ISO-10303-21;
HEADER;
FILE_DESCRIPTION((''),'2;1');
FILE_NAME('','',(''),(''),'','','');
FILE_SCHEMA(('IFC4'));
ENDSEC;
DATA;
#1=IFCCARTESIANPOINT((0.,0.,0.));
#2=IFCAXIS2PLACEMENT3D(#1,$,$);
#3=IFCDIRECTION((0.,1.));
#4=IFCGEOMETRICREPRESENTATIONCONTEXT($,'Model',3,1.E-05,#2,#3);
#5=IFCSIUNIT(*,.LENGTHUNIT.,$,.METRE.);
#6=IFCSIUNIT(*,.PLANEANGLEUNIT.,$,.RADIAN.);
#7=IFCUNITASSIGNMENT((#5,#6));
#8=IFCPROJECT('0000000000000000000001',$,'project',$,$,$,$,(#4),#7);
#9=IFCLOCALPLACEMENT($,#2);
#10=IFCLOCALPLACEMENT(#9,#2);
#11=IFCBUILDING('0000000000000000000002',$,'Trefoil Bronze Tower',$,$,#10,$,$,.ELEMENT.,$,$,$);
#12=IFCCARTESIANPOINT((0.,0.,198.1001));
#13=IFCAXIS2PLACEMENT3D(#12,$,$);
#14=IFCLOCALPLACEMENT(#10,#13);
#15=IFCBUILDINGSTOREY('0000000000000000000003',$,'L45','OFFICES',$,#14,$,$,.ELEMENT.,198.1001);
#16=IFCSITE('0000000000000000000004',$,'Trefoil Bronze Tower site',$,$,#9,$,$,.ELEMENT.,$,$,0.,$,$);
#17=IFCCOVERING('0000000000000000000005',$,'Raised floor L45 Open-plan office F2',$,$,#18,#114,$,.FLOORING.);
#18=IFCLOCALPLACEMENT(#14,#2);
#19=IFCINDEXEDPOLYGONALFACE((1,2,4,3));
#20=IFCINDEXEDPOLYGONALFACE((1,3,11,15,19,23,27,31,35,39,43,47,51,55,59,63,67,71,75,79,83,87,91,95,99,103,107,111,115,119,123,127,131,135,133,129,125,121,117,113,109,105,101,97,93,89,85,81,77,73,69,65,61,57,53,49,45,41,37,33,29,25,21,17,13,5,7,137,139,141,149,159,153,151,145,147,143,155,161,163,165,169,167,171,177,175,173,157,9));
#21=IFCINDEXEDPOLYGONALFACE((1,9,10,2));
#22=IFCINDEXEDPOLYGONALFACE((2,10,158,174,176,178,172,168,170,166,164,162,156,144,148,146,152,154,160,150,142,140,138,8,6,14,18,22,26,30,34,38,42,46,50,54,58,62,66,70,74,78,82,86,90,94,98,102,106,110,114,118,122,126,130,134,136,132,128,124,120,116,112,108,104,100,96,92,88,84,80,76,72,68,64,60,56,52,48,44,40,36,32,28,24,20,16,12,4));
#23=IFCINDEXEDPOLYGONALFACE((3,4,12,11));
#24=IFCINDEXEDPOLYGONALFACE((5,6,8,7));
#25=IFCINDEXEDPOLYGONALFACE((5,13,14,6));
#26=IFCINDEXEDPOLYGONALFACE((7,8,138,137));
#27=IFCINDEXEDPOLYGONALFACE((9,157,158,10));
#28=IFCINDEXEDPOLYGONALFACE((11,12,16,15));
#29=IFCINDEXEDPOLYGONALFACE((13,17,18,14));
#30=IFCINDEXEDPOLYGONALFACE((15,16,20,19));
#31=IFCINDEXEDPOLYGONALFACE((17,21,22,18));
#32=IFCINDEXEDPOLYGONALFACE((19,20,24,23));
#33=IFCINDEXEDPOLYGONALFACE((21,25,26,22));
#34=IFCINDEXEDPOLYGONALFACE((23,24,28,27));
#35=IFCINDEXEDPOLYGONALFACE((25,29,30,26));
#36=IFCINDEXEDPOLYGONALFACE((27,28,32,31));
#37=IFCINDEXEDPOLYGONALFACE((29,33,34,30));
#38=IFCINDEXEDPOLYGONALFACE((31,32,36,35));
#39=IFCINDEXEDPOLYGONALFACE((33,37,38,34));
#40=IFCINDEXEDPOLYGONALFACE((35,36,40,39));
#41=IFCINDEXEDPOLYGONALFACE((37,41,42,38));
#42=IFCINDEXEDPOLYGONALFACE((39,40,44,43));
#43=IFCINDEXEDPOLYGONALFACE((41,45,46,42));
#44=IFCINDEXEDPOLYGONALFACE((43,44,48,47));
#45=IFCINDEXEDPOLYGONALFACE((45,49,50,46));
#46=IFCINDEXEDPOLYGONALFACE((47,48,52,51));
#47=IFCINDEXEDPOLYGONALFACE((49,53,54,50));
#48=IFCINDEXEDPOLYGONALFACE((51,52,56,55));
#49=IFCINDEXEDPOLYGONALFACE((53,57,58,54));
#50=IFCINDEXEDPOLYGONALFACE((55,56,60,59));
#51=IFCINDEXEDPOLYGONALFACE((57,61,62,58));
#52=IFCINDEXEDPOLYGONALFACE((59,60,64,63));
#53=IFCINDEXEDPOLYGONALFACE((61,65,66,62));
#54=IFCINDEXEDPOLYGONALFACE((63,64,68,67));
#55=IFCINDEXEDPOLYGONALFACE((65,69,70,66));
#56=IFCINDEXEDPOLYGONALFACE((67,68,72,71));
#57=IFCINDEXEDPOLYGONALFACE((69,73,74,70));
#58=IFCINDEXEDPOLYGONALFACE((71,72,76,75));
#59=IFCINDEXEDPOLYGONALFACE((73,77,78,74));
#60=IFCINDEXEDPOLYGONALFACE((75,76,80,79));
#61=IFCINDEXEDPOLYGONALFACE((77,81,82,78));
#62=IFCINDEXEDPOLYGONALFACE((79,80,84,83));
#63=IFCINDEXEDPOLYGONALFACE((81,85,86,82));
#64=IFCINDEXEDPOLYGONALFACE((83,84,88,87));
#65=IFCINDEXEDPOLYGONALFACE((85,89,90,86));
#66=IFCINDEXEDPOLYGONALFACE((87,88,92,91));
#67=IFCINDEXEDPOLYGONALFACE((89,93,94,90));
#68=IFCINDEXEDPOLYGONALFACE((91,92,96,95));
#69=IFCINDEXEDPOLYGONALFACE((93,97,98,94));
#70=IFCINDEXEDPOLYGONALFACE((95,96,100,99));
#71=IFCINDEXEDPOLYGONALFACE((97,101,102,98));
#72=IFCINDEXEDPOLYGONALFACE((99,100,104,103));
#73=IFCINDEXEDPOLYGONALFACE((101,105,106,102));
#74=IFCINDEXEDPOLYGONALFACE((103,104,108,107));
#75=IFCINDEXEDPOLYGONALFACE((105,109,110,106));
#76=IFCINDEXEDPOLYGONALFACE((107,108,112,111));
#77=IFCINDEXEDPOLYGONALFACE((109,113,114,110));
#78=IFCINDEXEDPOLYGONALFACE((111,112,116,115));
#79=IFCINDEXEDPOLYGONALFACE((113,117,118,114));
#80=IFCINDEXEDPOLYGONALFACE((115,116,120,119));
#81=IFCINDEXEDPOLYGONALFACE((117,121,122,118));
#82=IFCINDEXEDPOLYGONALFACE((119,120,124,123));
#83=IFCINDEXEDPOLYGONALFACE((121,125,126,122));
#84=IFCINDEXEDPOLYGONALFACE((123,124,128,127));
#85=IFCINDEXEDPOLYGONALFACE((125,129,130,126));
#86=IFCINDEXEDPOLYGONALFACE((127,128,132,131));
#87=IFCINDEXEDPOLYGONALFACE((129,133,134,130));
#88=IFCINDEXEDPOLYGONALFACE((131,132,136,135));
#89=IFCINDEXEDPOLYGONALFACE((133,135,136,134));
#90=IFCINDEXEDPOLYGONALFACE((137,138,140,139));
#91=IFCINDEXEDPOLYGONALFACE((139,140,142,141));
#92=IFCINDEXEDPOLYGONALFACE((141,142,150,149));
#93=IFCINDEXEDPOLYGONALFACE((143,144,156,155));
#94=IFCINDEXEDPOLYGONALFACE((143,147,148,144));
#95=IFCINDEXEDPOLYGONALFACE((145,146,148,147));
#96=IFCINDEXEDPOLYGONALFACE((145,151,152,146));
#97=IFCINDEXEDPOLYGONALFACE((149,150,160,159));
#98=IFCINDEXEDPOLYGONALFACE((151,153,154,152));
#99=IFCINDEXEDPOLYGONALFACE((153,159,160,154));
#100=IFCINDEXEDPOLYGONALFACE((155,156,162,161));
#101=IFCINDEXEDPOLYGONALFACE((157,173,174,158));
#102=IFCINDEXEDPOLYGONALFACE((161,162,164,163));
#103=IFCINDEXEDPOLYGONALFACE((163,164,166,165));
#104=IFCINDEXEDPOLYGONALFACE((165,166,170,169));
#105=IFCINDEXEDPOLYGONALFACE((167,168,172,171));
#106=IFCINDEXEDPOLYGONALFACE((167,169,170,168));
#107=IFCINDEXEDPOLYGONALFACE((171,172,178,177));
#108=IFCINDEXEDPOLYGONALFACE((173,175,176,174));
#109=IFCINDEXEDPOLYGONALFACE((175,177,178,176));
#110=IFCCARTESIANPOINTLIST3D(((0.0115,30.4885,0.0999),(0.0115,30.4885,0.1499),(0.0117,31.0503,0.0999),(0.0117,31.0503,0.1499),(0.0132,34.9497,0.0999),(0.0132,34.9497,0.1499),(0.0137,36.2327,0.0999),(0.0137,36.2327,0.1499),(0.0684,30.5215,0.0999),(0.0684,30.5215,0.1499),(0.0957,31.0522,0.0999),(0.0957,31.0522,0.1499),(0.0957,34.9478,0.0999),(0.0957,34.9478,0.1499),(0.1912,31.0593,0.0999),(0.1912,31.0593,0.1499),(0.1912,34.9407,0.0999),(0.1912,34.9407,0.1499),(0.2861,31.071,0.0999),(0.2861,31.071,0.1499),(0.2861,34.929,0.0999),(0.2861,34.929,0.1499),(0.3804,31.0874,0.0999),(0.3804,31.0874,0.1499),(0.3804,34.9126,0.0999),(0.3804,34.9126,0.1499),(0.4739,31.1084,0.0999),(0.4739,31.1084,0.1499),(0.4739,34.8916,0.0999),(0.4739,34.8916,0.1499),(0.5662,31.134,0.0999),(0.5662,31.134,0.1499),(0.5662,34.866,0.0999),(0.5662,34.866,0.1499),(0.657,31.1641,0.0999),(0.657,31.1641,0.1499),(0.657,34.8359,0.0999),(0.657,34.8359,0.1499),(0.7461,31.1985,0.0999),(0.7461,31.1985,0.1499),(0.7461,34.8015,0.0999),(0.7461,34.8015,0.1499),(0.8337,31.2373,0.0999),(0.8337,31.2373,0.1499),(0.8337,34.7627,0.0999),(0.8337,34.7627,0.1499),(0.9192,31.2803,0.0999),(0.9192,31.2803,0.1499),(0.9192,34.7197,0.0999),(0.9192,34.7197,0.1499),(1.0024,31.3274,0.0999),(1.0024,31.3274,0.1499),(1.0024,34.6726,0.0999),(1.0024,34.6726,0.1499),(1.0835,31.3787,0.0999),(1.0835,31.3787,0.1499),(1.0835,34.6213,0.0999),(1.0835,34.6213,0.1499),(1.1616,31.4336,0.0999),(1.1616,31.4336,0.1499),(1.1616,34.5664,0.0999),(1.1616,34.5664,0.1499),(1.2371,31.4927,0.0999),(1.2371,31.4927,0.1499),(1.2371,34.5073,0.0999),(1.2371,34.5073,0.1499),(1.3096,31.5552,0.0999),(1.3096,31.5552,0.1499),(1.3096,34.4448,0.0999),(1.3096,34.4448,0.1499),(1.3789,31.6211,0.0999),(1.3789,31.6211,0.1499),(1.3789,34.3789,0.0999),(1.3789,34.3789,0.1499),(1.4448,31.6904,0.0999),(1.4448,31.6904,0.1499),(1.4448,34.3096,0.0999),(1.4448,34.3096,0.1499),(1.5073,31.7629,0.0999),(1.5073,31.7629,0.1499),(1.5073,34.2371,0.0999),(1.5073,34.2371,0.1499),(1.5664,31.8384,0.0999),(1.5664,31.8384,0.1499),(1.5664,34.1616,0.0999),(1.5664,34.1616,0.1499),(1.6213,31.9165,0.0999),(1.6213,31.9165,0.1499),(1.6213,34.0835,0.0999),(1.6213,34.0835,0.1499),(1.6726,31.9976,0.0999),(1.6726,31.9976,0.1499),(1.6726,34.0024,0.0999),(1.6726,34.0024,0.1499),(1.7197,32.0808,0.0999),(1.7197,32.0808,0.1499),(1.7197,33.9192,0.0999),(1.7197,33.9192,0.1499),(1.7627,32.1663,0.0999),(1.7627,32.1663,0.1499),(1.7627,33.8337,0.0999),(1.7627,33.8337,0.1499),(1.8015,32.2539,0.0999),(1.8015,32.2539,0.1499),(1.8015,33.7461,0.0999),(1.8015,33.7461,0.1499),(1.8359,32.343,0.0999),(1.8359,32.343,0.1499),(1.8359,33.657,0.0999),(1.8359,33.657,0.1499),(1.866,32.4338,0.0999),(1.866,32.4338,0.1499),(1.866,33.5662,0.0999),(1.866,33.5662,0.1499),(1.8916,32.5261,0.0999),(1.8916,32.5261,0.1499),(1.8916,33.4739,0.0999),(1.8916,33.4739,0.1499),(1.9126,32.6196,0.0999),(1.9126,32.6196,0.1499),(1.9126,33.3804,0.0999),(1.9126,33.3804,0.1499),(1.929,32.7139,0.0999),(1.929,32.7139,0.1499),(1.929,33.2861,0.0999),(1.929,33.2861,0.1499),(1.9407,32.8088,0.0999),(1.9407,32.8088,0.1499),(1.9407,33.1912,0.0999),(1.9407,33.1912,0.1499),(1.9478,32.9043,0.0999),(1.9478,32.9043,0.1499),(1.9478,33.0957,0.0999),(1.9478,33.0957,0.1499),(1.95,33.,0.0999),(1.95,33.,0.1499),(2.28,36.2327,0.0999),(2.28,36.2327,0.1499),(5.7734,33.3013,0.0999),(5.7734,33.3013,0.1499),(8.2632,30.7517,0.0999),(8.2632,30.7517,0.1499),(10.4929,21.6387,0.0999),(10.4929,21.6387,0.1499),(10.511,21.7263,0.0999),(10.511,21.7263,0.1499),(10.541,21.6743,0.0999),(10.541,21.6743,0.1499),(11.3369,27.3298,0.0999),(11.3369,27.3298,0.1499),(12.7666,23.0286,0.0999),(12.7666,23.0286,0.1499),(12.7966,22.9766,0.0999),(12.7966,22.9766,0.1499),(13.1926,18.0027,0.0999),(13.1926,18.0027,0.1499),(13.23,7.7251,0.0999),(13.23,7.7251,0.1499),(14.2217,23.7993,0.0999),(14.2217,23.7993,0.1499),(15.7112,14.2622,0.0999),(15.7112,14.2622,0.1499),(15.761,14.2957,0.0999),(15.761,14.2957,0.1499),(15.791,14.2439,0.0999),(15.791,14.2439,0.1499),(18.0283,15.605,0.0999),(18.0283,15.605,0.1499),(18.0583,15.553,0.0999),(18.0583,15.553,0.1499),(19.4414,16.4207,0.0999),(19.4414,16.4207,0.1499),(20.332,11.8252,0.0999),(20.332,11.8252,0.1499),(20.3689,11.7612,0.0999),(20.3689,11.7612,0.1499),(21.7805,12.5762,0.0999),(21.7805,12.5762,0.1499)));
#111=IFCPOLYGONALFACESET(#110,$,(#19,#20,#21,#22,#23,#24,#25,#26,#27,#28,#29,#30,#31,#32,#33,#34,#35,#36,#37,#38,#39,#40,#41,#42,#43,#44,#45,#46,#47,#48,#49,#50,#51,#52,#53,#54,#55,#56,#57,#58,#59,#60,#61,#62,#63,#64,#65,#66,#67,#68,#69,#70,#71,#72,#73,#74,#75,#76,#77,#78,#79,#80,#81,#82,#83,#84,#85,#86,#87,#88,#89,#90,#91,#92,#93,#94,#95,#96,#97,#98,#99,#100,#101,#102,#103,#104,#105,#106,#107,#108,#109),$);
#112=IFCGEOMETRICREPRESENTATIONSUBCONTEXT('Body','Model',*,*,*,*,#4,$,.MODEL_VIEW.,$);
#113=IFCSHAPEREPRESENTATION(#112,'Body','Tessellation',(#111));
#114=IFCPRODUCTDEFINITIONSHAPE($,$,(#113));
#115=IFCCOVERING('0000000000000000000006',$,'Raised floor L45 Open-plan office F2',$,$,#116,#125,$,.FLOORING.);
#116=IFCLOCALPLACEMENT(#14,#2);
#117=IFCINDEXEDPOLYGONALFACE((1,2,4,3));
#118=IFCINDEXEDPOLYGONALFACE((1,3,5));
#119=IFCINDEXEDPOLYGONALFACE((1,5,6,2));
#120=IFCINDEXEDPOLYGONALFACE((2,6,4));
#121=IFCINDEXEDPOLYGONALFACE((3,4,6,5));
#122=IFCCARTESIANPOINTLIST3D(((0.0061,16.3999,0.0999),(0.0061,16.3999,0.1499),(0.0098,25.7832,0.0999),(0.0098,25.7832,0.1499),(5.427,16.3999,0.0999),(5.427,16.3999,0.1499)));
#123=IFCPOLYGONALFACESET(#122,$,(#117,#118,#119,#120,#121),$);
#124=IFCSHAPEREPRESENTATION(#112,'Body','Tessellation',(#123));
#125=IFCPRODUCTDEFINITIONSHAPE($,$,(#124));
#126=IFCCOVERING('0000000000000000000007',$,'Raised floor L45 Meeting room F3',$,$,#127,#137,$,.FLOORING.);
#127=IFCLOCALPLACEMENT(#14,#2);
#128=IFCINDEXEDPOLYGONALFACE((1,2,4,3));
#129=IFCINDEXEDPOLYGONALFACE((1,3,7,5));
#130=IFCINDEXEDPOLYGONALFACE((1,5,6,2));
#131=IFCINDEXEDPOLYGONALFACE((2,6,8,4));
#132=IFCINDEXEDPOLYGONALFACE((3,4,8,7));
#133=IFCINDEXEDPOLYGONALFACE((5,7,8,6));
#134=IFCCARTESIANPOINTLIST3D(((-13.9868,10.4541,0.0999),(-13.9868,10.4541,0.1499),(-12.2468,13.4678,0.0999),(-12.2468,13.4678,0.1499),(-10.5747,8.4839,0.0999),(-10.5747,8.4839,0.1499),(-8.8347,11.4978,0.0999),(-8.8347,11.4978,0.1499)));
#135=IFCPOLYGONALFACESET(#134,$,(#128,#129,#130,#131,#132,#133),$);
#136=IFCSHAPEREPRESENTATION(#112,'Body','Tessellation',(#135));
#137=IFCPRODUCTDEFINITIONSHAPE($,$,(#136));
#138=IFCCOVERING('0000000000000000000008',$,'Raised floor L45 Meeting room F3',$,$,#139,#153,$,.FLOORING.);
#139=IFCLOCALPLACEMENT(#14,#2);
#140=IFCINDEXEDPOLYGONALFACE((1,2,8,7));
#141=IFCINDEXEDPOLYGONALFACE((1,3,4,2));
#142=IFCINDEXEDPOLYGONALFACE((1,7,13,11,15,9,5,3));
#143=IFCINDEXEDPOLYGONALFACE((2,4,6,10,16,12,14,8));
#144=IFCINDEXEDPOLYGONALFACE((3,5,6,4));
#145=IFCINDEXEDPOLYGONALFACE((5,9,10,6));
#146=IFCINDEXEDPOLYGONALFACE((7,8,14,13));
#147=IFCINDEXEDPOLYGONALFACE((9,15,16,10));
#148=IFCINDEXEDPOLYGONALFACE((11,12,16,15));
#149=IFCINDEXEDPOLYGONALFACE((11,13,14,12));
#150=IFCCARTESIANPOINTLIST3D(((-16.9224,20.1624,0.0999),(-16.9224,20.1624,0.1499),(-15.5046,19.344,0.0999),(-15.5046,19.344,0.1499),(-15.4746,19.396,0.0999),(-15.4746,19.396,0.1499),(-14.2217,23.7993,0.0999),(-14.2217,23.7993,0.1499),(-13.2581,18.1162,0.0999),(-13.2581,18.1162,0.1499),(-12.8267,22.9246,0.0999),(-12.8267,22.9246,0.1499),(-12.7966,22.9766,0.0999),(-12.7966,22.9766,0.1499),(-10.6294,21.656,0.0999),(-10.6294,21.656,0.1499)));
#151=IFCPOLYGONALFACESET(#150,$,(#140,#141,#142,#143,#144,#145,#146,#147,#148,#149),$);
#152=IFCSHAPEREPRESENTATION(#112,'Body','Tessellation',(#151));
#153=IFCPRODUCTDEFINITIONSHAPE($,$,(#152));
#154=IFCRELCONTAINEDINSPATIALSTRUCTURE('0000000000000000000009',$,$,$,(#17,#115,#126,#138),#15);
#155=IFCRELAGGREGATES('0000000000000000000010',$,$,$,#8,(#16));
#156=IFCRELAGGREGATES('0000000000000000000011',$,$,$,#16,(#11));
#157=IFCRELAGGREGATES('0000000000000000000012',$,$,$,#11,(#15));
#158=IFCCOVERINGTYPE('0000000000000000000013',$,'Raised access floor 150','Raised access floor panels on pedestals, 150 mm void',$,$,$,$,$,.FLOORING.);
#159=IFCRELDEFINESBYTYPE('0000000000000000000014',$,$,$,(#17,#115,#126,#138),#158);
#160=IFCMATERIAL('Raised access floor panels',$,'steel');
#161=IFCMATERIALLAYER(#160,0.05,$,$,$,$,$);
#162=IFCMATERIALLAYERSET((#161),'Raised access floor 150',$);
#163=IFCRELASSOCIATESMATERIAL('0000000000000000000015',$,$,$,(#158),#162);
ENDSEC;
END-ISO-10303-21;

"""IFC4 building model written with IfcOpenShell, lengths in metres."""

from ifc_helpers import new_model, si_unit, direction, frame, origin, place, context, subcontext, project, spatial, polyline, outline, extrude, material, layer, layer_set, type_object, element, save


model = new_model("IFC4")

# Units and contexts
model_context = context("Model", 3, precision=1e-05, world=origin(), true_north=direction((0.0, 1.0)))
body_context = subcontext(model_context, "Body", "Model", "MODEL_VIEW")
ifc_project = project(units=[si_unit("LENGTHUNIT", "METRE"), si_unit("PLANEANGLEUNIT", "RADIAN")], contexts=[model_context])

# Site, building, storey
site_placement = place(None, origin())
site = spatial("IfcSite", under=ifc_project, at=site_placement, Name="Trefoil Bronze Tower site", CompositionType="ELEMENT", RefElevation=0.0)
building_placement = place(site_placement, origin())
building = spatial("IfcBuilding", under=site, at=building_placement, Name="Trefoil Bronze Tower", CompositionType="ELEMENT")
storey_placement = place(building_placement, frame((0.0, 0.0, 198.1001)))
storey = spatial("IfcBuildingStorey", under=building, at=storey_placement, Name="L45", Description="OFFICES", CompositionType="ELEMENT", Elevation=198.1001)

# Coverings
ifc_material_1 = material(Name="Raised access floor panels", Category="steel")
ifc_layer_1 = layer(ifc_material_1, 0.05)
ifc_layer_set_1 = layer_set([ifc_layer_1], Name="Raised access floor 150")
covering_type_1 = type_object("IfcCoveringType", Name="Raised access floor 150", Description="Raised access floor panels on pedestals, 150 mm void", PredefinedType="FLOORING", material=ifc_layer_set_1)
covering_1_placement = place(storey_placement, frame((0.0, 0.0, 0.0999)))
element("IfcCovering", 1, at=covering_1_placement, inside=storey, type_object=covering_type_1, Name="Raised floor L45 Open-plan office F2", PredefinedType="FLOORING", context=body_context, shape_type="SweptSolid", body=[
    extrude(outline(polyline([(12.7966, 22.9766), (12.7666, 23.0286), (10.511, 21.7263), (10.541, 21.6743), (10.4929, 21.6387), (13.1926, 18.0027), (15.7112, 14.2622), (15.761, 14.2957), (15.791, 14.2439), (18.0583, 15.553), (18.0283, 15.605), (19.4414, 16.4207), (21.7805, 12.5762), (20.3689, 11.7612), (20.332, 11.8252), (13.23, 7.7251), (0.0684, 30.5215), (0.0115, 30.4885), (0.0117, 31.0503), (0.0957, 31.0522), (0.1912, 31.0593), (0.2861, 31.071), (0.3804, 31.0874), (0.4739, 31.1084), (0.5662, 31.134), (0.657, 31.1641), (0.7461, 31.1985), (0.8337, 31.2373), (0.9192, 31.2803), (1.0024, 31.3274), (1.0835, 31.3787), (1.1616, 31.4336), (1.2371, 31.4927), (1.3096, 31.5552), (1.3789, 31.6211), (1.4448, 31.6904), (1.5073, 31.7629), (1.5664, 31.8384), (1.6213, 31.9165), (1.6726, 31.9976), (1.7197, 32.0808), (1.7627, 32.1663), (1.8015, 32.2539), (1.8359, 32.343), (1.866, 32.4338), (1.8916, 32.5261), (1.9126, 32.6196), (1.929, 32.7139), (1.9407, 32.8088), (1.9478, 32.9043), (1.95, 33.0), (1.9478, 33.0957), (1.9407, 33.1912), (1.929, 33.2861), (1.9126, 33.3804), (1.8916, 33.4739), (1.866, 33.5662), (1.8359, 33.657), (1.8015, 33.7461), (1.7627, 33.8337), (1.7197, 33.9192), (1.6726, 34.0024), (1.6213, 34.0835), (1.5664, 34.1616), (1.5073, 34.2371), (1.4448, 34.3096), (1.3789, 34.3789), (1.3096, 34.4448), (1.2371, 34.5073), (1.1616, 34.5664), (1.0835, 34.6213), (1.0024, 34.6726), (0.9192, 34.7197), (0.8337, 34.7627), (0.7461, 34.8015), (0.657, 34.8359), (0.5662, 34.866), (0.4739, 34.8916), (0.3804, 34.9126), (0.2861, 34.929), (0.1912, 34.9407), (0.0957, 34.9478), (0.0132, 34.9497), (0.0137, 36.2327), (2.28, 36.2327), (5.7734, 33.3013), (8.2632, 30.7517), (11.3369, 27.3298), (14.2217, 23.7993), (12.7966, 22.9766)])), origin(), (0.0, 0.0, 1.0), 0.05),
])
covering_2_placement = place(storey_placement, frame((0.0, 0.0, 0.0999)))
element("IfcCovering", 2, at=covering_2_placement, inside=storey, type_object=covering_type_1, Name="Raised floor L45 Open-plan office F2", PredefinedType="FLOORING", context=body_context, shape_type="SweptSolid", body=[
    extrude(outline(polyline([(0.0061, 16.3999), (0.0098, 25.7832), (5.427, 16.3999), (0.0061, 16.3999)])), origin(), (0.0, 0.0, 1.0), 0.05),
])
covering_3_placement = place(storey_placement, frame((0.0, 0.0, 0.0999)))
element("IfcCovering", 3, at=covering_3_placement, inside=storey, type_object=covering_type_1, Name="Raised floor L45 Meeting room F3", PredefinedType="FLOORING", context=body_context, shape_type="SweptSolid", body=[
    extrude(outline(polyline([(-10.5747, 8.4839), (-13.9868, 10.4541), (-12.2468, 13.4678), (-8.8347, 11.4978), (-10.5747, 8.4839)])), origin(), (0.0, 0.0, 1.0), 0.05),
])
covering_4_placement = place(storey_placement, frame((0.0, 0.0, 0.0999)))
element("IfcCovering", 4, at=covering_4_placement, inside=storey, type_object=covering_type_1, Name="Raised floor L45 Meeting room F3", PredefinedType="FLOORING", context=body_context, shape_type="SweptSolid", body=[
    extrude(outline(polyline([(-14.2217, 23.7993), (-12.7966, 22.9766), (-12.8267, 22.9246), (-10.6294, 21.656), (-13.2581, 18.1162), (-15.4746, 19.396), (-15.5046, 19.344), (-16.9224, 20.1624), (-14.2217, 23.7993)])), origin(), (0.0, 0.0, 1.0), 0.05),
])

save(model, "model.ifc")
